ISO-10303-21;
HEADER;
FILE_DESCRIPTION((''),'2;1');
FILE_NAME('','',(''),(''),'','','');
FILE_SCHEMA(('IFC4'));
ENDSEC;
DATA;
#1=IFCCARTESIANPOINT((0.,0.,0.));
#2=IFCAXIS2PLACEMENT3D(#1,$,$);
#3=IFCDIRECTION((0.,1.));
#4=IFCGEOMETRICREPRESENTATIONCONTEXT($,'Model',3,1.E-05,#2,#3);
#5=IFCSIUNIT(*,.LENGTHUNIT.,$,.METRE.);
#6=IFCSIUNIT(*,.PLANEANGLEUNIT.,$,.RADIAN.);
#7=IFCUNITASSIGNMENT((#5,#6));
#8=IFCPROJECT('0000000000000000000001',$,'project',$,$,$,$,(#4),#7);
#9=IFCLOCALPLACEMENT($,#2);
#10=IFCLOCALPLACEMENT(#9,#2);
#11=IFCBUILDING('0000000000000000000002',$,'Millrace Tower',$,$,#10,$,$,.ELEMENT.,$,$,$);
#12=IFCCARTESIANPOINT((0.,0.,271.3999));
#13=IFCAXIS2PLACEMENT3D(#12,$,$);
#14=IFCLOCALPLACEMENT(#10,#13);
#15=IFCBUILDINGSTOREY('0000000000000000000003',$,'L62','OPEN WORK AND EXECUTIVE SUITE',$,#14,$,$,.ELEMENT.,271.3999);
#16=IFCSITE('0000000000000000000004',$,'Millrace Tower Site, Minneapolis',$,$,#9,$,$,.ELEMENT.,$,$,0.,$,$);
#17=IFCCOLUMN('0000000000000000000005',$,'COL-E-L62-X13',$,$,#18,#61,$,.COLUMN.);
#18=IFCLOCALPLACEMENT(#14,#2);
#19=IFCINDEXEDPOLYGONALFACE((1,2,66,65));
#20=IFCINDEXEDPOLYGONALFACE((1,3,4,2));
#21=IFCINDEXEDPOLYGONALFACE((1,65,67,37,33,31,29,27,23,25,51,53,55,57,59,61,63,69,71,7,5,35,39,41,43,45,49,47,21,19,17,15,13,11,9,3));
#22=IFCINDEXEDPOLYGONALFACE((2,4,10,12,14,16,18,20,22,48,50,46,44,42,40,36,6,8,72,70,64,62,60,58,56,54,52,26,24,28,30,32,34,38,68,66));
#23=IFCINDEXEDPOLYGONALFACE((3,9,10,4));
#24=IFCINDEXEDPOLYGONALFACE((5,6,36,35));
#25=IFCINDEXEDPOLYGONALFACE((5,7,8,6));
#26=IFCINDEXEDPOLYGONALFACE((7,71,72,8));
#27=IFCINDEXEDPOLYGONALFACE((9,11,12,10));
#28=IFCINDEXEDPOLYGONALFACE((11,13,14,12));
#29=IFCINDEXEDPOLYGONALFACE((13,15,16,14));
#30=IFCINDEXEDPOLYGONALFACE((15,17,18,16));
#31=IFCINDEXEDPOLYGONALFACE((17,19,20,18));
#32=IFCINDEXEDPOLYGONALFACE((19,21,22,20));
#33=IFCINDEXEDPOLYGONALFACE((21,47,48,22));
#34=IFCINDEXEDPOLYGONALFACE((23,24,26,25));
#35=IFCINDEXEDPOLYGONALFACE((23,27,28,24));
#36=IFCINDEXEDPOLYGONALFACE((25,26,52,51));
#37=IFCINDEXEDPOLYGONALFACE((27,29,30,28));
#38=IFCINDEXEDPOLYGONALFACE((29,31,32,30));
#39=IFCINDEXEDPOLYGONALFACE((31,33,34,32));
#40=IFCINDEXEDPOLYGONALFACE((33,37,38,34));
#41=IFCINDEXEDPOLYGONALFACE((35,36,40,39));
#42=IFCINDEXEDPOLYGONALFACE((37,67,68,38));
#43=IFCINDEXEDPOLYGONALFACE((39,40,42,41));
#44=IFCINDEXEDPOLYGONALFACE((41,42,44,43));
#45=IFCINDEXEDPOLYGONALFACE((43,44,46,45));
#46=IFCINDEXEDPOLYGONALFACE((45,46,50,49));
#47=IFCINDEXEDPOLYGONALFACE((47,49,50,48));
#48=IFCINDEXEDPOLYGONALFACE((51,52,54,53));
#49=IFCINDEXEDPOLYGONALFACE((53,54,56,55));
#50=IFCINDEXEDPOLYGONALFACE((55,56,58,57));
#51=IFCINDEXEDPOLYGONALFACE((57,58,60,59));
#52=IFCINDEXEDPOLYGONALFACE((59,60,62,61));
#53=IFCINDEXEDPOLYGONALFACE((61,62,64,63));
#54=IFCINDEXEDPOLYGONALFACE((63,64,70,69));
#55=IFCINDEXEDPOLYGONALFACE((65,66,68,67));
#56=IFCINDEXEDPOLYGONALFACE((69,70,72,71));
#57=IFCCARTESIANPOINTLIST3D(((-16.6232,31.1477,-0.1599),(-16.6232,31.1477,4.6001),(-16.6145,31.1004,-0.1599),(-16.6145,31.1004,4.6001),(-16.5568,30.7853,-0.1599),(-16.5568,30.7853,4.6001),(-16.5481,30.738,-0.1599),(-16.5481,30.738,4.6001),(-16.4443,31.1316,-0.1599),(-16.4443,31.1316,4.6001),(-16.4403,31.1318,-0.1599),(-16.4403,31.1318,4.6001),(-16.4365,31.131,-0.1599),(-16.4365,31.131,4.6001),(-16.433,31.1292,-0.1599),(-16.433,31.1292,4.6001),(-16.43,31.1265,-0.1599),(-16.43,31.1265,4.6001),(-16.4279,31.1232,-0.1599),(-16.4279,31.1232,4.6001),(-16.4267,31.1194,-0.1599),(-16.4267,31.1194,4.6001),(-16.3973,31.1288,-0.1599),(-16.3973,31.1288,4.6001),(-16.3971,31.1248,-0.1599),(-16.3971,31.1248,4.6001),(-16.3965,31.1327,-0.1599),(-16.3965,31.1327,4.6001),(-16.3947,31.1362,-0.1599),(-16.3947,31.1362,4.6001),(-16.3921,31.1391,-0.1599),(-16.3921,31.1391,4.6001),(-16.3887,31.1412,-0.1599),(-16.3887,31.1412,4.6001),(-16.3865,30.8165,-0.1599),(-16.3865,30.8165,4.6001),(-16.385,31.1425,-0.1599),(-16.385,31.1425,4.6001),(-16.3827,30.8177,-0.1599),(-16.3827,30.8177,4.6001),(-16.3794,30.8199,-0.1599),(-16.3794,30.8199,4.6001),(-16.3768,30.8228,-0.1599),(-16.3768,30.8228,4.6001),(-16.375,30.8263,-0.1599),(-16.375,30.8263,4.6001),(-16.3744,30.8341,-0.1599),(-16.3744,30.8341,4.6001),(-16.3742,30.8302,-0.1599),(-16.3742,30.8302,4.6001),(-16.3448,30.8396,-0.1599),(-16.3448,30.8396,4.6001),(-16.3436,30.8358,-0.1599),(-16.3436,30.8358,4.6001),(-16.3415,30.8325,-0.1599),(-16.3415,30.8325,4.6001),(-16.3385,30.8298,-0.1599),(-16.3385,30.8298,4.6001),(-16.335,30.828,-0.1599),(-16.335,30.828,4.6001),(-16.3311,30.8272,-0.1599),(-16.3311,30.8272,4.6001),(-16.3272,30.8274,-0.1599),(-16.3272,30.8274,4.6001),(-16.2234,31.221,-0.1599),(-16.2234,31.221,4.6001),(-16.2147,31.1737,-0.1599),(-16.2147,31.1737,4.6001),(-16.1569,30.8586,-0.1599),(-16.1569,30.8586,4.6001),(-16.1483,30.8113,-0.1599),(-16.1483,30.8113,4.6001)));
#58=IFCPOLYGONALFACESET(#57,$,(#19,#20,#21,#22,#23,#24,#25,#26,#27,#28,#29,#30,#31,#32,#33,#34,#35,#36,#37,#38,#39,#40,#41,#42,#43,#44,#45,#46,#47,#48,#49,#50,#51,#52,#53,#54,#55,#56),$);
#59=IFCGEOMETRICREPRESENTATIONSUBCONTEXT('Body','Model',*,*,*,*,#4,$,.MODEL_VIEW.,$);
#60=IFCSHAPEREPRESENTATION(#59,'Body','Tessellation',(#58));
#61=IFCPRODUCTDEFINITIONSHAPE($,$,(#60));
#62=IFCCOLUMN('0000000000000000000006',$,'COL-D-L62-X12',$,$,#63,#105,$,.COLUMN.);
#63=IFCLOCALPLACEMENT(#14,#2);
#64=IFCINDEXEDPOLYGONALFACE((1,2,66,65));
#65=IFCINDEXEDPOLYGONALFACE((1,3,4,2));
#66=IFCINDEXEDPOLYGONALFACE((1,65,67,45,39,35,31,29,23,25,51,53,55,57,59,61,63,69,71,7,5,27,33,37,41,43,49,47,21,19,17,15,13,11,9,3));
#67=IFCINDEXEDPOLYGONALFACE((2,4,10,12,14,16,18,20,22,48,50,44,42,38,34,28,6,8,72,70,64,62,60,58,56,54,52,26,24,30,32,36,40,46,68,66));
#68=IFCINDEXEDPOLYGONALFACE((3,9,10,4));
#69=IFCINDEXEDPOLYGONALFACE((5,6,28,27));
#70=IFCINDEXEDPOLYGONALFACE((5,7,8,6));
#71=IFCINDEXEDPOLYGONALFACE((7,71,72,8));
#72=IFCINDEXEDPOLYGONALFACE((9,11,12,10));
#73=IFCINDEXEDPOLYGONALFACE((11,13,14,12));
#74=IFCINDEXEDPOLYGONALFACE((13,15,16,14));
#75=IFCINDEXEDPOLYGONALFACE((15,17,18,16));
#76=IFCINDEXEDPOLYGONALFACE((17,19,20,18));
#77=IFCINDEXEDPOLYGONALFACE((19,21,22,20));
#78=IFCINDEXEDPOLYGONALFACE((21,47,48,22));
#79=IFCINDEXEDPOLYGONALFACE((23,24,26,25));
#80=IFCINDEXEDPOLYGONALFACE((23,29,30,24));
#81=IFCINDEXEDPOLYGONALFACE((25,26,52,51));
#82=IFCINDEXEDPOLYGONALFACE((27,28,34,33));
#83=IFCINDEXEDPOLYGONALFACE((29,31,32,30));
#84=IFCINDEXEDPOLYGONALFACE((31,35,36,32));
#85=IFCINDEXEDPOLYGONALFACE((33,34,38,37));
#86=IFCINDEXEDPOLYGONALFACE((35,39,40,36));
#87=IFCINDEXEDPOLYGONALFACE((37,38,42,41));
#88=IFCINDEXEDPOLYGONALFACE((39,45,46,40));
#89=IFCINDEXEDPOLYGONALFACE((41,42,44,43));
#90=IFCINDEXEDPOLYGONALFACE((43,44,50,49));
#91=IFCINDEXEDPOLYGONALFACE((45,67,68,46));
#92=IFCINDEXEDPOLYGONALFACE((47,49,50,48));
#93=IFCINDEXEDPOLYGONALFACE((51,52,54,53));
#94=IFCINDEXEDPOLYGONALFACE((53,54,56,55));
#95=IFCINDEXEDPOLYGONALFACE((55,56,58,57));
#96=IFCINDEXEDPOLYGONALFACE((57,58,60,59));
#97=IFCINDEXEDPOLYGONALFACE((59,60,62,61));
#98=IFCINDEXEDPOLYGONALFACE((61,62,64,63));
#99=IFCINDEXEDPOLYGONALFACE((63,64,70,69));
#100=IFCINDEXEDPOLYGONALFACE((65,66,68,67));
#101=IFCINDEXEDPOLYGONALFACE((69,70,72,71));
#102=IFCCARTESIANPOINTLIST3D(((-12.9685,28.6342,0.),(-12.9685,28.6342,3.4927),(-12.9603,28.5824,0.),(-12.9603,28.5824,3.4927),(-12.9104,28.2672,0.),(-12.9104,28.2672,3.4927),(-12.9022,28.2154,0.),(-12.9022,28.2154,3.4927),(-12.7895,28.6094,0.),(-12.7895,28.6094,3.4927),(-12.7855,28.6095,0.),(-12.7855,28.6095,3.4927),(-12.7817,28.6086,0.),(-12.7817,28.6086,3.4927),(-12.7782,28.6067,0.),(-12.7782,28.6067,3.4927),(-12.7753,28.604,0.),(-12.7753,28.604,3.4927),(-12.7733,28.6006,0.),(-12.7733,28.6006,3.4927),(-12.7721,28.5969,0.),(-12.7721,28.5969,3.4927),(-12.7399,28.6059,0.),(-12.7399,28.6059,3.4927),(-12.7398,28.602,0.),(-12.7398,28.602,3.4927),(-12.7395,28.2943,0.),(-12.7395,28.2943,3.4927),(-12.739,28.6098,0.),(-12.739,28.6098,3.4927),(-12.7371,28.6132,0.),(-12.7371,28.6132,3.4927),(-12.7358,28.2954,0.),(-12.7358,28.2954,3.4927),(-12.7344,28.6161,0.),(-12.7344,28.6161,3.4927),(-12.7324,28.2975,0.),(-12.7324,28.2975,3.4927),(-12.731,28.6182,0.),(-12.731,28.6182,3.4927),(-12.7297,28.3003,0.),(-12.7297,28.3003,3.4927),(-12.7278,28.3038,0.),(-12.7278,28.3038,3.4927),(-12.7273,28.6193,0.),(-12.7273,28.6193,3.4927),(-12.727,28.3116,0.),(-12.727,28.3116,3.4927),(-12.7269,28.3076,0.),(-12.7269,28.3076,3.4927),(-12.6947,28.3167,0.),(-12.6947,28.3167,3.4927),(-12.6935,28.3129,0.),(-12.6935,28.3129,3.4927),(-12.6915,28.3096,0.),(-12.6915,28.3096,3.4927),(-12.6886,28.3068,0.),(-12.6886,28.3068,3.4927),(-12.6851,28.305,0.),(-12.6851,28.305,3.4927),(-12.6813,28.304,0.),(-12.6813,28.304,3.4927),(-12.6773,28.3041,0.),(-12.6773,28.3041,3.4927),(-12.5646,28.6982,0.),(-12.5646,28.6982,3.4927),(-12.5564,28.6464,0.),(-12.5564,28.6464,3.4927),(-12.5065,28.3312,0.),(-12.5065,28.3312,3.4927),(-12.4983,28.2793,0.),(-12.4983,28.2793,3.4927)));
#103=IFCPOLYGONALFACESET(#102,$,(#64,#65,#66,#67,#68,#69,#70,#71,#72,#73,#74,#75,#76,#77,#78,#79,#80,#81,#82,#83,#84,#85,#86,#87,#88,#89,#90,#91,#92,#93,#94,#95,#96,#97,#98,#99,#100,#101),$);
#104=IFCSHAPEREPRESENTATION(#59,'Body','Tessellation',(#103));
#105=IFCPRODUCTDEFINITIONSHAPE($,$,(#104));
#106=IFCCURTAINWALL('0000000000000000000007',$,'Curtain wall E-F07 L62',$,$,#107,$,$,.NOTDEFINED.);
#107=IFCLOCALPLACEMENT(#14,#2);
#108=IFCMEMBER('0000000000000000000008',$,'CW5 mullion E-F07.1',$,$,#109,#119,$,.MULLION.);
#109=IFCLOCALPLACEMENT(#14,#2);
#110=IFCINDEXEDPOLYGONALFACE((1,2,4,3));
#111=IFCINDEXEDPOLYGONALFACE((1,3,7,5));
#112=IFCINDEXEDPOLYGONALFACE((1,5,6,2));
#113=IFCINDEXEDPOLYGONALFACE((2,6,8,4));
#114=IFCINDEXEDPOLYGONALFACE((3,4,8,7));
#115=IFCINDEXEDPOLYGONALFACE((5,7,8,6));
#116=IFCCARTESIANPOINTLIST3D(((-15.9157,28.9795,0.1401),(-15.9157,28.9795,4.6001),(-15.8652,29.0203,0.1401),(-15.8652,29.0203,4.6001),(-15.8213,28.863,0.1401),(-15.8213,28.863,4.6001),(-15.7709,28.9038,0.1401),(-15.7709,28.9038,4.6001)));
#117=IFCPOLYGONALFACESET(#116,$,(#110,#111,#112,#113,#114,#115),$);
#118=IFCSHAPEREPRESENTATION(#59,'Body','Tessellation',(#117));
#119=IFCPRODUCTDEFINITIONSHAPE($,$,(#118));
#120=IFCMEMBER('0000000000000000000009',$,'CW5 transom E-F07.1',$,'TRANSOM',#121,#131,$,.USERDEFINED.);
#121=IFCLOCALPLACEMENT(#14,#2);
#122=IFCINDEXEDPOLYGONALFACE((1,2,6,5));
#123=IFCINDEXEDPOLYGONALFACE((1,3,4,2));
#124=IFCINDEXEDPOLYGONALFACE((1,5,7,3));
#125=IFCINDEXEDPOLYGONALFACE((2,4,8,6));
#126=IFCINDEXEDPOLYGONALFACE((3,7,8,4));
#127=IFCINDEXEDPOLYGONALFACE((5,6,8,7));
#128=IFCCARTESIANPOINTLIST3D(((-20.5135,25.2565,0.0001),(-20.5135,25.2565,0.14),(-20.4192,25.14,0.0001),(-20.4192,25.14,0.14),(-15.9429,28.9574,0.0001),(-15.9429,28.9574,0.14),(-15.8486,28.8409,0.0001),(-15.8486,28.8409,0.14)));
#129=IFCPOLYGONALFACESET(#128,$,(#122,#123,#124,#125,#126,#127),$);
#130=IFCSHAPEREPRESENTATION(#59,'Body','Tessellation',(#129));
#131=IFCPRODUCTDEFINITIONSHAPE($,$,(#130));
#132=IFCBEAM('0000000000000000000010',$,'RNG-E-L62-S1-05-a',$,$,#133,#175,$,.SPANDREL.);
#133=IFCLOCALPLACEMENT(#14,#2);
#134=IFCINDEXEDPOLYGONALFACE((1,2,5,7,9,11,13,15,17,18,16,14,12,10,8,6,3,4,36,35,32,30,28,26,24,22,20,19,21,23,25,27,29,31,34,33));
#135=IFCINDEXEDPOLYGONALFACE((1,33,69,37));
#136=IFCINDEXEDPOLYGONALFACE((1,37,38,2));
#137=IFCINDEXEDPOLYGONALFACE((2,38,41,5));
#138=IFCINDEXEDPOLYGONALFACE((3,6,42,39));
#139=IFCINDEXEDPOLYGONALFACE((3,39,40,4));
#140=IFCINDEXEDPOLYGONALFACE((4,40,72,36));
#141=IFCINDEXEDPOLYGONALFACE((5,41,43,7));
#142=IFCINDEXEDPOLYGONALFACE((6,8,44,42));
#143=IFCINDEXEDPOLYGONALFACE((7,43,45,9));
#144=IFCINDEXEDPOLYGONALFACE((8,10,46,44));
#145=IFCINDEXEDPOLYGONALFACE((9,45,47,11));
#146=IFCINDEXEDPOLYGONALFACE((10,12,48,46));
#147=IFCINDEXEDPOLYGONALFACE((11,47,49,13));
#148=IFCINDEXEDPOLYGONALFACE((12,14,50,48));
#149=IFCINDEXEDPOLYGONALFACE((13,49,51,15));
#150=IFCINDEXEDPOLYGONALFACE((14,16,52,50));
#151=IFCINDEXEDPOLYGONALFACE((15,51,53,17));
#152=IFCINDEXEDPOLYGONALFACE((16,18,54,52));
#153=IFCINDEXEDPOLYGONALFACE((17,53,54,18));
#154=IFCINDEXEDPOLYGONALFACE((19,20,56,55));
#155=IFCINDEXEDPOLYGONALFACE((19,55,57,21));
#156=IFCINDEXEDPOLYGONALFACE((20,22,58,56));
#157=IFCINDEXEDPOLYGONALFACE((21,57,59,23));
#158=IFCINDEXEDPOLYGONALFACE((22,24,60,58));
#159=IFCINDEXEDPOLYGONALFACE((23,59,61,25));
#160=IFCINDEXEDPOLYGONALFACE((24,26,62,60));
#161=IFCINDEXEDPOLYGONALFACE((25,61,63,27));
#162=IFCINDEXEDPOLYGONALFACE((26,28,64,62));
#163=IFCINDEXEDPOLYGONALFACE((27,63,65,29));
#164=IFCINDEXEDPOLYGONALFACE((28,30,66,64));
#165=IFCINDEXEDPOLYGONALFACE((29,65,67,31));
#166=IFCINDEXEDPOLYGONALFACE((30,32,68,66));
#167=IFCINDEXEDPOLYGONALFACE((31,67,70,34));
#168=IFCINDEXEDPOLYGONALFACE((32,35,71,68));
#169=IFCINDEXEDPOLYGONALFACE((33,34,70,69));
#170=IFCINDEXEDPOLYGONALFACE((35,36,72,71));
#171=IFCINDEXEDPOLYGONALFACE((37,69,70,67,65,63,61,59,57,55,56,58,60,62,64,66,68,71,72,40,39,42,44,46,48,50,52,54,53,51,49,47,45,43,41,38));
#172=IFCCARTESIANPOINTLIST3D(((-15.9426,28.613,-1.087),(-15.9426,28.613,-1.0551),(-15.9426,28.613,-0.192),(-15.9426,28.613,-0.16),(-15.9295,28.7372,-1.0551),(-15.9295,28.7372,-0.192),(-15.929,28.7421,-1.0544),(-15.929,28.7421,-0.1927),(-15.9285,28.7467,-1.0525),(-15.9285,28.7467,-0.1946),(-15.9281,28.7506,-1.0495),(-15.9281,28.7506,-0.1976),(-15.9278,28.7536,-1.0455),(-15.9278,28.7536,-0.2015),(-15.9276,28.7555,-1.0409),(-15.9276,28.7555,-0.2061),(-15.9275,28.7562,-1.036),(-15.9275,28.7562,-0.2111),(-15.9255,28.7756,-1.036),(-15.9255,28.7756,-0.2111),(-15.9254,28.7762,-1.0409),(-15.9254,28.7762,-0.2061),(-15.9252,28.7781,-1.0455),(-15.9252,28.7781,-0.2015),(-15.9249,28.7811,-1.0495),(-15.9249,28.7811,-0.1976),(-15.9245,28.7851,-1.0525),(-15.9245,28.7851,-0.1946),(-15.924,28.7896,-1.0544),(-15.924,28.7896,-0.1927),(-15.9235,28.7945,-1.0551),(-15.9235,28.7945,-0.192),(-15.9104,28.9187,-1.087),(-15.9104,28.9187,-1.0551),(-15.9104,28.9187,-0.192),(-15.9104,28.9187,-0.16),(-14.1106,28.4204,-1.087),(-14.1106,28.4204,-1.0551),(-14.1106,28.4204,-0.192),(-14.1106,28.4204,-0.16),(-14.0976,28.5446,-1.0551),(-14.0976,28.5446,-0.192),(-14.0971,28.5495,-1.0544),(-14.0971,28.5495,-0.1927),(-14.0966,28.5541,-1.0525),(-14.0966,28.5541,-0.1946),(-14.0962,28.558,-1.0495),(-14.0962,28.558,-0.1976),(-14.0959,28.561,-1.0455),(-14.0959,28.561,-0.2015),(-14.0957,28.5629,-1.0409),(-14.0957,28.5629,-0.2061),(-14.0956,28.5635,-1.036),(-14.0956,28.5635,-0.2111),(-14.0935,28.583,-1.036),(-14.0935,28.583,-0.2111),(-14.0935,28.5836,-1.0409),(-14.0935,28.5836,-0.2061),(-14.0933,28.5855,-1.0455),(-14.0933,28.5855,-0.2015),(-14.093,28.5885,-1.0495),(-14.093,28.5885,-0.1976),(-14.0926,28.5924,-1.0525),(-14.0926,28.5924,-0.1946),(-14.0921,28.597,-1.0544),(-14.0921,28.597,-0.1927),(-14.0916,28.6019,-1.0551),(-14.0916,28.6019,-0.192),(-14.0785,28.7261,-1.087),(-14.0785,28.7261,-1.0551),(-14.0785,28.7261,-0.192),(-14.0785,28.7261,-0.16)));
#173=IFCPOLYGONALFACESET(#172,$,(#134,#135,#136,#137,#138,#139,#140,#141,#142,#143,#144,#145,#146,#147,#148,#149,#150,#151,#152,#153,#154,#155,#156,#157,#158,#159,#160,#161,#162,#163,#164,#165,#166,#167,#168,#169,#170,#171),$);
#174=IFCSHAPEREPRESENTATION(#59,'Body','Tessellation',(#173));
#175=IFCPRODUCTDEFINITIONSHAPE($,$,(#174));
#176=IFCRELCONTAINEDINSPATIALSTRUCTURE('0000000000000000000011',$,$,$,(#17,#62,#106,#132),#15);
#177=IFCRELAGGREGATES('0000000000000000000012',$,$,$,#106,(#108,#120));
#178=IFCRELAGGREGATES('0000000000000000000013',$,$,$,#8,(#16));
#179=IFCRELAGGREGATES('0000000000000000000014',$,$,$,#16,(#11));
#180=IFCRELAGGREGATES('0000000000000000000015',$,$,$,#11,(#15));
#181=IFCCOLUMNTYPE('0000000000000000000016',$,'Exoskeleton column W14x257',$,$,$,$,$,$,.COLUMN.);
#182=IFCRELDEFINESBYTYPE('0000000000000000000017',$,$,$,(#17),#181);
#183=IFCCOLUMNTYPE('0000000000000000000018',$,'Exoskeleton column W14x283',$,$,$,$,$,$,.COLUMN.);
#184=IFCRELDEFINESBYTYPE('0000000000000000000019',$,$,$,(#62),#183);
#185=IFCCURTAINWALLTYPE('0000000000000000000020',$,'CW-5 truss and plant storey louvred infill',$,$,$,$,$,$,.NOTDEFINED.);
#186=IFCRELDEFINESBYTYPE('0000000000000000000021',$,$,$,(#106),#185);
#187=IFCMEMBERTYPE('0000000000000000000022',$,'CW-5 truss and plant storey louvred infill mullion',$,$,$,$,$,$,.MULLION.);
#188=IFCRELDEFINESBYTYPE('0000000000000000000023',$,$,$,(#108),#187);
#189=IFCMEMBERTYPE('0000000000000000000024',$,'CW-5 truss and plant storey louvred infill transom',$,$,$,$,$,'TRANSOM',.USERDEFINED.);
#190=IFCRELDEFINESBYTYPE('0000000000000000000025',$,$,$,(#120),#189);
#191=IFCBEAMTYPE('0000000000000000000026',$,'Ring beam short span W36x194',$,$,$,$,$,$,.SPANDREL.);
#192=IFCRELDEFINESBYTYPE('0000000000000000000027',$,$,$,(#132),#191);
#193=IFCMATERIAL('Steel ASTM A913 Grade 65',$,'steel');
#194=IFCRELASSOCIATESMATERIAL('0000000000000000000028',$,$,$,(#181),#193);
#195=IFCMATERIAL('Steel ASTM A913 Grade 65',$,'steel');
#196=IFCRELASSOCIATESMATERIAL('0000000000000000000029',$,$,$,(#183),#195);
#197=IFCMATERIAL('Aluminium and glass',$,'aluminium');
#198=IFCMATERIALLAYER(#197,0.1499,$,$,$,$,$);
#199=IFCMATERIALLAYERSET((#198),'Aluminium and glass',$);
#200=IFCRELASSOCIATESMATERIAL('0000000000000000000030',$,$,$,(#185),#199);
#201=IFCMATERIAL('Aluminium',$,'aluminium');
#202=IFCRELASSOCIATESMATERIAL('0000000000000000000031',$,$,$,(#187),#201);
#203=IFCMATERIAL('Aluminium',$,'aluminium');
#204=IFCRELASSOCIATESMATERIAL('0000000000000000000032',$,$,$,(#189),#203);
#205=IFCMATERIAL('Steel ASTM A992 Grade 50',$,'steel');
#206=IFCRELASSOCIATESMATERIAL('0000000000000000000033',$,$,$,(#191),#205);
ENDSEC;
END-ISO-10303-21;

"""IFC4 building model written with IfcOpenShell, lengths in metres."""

from ifc_helpers import new_model, si_unit, direction, frame, origin, origin_2d, place, context, subcontext, project, spatial, rectangle, i_section, extrude, material, layer, layer_set, material_profile, profile_set, type_object, element, aggregate, save


model = new_model("IFC4")

# Units and contexts
model_context = context("Model", 3, precision=1e-05, world=origin(), true_north=direction((0.0, 1.0)))
body_context = subcontext(model_context, "Body", "Model", "MODEL_VIEW")
ifc_project = project(units=[si_unit("LENGTHUNIT", "METRE"), si_unit("PLANEANGLEUNIT", "RADIAN")], contexts=[model_context])

# Site, building, storey
site_placement = place(None, origin())
site = spatial("IfcSite", under=ifc_project, at=site_placement, Name="Millrace Tower Site, Minneapolis", CompositionType="ELEMENT", RefElevation=0.0)
building_placement = place(site_placement, origin())
building = spatial("IfcBuilding", under=site, at=building_placement, Name="Millrace Tower", CompositionType="ELEMENT")
storey_placement = place(building_placement, frame((0.0, 0.0, 271.3999)))
storey = spatial("IfcBuildingStorey", under=building, at=storey_placement, Name="L62", Description="OPEN WORK AND EXECUTIVE SUITE", CompositionType="ELEMENT", Elevation=271.3999)

# Columns
ifc_material_1 = material(Name="Steel ASTM A913 Grade 65", Category="steel")
ifc_material_profile_1 = material_profile(ifc_material_1, i_section(OverallWidth=0.4065, OverallDepth=0.4165, WebThickness=0.03, FlangeThickness=0.0481, FilletRadius=0.0151, at=origin_2d()))
ifc_profile_set_1 = profile_set([ifc_material_profile_1], Name="Steel ASTM A913 Grade 65")
column_type_1 = type_object("IfcColumnType", Name="Exoskeleton column W14x257", PredefinedType="COLUMN", material=ifc_profile_set_1)
column_1_placement = place(storey_placement, frame((-16.3857, 30.9795, -0.1599), z_axis=(0.0, 0.0, 1.0), x_axis=(-0.983596, -0.180387, 0.0)))
element("IfcColumn", 1, at=column_1_placement, inside=storey, type_object=column_type_1, Name="COL-E-L62-X13", PredefinedType="COLUMN", context=body_context, shape_type="SweptSolid", body=[
    extrude(i_section(OverallWidth=0.4065, OverallDepth=0.4165, WebThickness=0.03, FlangeThickness=0.0481, FilletRadius=0.0151, at=origin_2d()), origin(), (0.0, 0.0, 1.0), 4.76),
])
ifc_material_2 = material(Name="Steel ASTM A913 Grade 65", Category="steel")
ifc_material_profile_2 = material_profile(ifc_material_2, i_section(OverallWidth=0.4089, OverallDepth=0.4241, WebThickness=0.0327, FlangeThickness=0.0525, FilletRadius=0.0151, at=origin_2d()))
ifc_profile_set_2 = profile_set([ifc_material_profile_2], Name="Steel ASTM A913 Grade 65")
column_type_2 = type_object("IfcColumnType", Name="Exoskeleton column W14x283", PredefinedType="COLUMN", material=ifc_profile_set_2)
column_2_placement = place(storey_placement, frame((-12.7334, 28.4568, 0.0), z_axis=(0.0, 0.0, 1.0), x_axis=(-0.987688, -0.156434, 0.0)))
element("IfcColumn", 2, at=column_2_placement, inside=storey, type_object=column_type_2, Name="COL-D-L62-X12", PredefinedType="COLUMN", context=body_context, shape_type="SweptSolid", body=[
    extrude(i_section(OverallWidth=0.4089, OverallDepth=0.4241, WebThickness=0.0327, FlangeThickness=0.0525, FilletRadius=0.0151, at=origin_2d()), origin(), (0.0, 0.0, 1.0), 3.4927),
])

# Curtain wall, members
ifc_material_3 = material(Name="Aluminium and glass", Category="aluminium")
ifc_layer_1 = layer(ifc_material_3, 0.1499)
ifc_layer_set_1 = layer_set([ifc_layer_1], Name="Aluminium and glass")
curtain_wall_type = type_object("IfcCurtainWallType", Name="CW-5 truss and plant storey louvred infill", PredefinedType="NOTDEFINED", material=ifc_layer_set_1)
curtain_wall_placement = place(storey_placement, origin())
curtain_wall = element("IfcCurtainWall", 3, at=curtain_wall_placement, inside=storey, type_object=curtain_wall_type, Name="Curtain wall E-F07 L62", PredefinedType="NOTDEFINED")
ifc_material_4 = material(Name="Aluminium", Category="aluminium")
ifc_material_profile_3 = material_profile(ifc_material_4, rectangle(XDim=0.0649, YDim=0.1499, at=origin_2d()))
ifc_profile_set_3 = profile_set([ifc_material_profile_3], Name="Aluminium")
member_type_1 = type_object("IfcMemberType", Name="CW-5 truss and plant storey louvred infill mullion", PredefinedType="MULLION", material=ifc_profile_set_3)
member_1_placement = place(storey_placement, frame((-15.8433, 28.9417, 0.1401), z_axis=(0.0, 0.0, 1.0), x_axis=(-0.777146, -0.62932, 0.0)))
member_1 = element("IfcMember", 4, at=member_1_placement, type_object=member_type_1, Name="CW5 mullion E-F07.1", PredefinedType="MULLION", context=body_context, shape_type="SweptSolid", body=[
    extrude(rectangle(XDim=0.0649, YDim=0.1499, at=origin_2d()), origin(), (0.0, 0.0, 1.0), 4.46),
])
ifc_material_5 = material(Name="Aluminium", Category="aluminium")
ifc_material_profile_4 = material_profile(ifc_material_5, rectangle(XDim=0.1499, YDim=0.1399, at=origin_2d()))
ifc_profile_set_4 = profile_set([ifc_material_profile_4], Name="Aluminium")
member_type_2 = type_object("IfcMemberType", Name="CW-5 truss and plant storey louvred infill transom", ElementType="TRANSOM", PredefinedType="USERDEFINED", material=ifc_profile_set_4)
member_2_placement = place(storey_placement, frame((-15.8958, 28.8992, 0.0701), z_axis=(-0.777166, -0.629296, 0.0), x_axis=(0.629296, -0.777166, 0.0)))
member_2 = element("IfcMember", 5, at=member_2_placement, type_object=member_type_2, Name="CW5 transom E-F07.1", ObjectType="TRANSOM", PredefinedType="USERDEFINED", context=body_context, shape_type="SweptSolid", body=[
    extrude(rectangle(XDim=0.1499, YDim=0.1399, at=origin_2d()), origin(), (0.0, 0.0, 1.0), 5.8811),
])
aggregate(curtain_wall, [member_1, member_2])

# Beam
ifc_material_6 = material(Name="Steel ASTM A992 Grade 50", Category="steel")
ifc_material_profile_5 = material_profile(ifc_material_6, i_section(OverallWidth=0.3074, OverallDepth=0.927, WebThickness=0.0195, FlangeThickness=0.032, FilletRadius=0.019, at=origin_2d()))
ifc_profile_set_5 = profile_set([ifc_material_profile_5], Name="Steel ASTM A992 Grade 50")
beam_type_1 = type_object("IfcBeamType", Name="Ring beam short span W36x194", PredefinedType="SPANDREL", material=ifc_profile_set_5)
beam_placement = place(storey_placement, frame((-15.9265, 28.7659, -0.6235), z_axis=(0.994518, -0.104568, 0.0), x_axis=(0.104568, 0.994518, 0.0)))
element("IfcBeam", 6, at=beam_placement, inside=storey, type_object=beam_type_1, Name="RNG-E-L62-S1-05-a", PredefinedType="SPANDREL", context=body_context, shape_type="SweptSolid", body=[
    extrude(i_section(OverallWidth=0.3074, OverallDepth=0.927, WebThickness=0.0195, FlangeThickness=0.032, FilletRadius=0.019, at=origin_2d()), origin(), (0.0, 0.0, 1.0), 1.842),
])

save(model, "model.ifc")
